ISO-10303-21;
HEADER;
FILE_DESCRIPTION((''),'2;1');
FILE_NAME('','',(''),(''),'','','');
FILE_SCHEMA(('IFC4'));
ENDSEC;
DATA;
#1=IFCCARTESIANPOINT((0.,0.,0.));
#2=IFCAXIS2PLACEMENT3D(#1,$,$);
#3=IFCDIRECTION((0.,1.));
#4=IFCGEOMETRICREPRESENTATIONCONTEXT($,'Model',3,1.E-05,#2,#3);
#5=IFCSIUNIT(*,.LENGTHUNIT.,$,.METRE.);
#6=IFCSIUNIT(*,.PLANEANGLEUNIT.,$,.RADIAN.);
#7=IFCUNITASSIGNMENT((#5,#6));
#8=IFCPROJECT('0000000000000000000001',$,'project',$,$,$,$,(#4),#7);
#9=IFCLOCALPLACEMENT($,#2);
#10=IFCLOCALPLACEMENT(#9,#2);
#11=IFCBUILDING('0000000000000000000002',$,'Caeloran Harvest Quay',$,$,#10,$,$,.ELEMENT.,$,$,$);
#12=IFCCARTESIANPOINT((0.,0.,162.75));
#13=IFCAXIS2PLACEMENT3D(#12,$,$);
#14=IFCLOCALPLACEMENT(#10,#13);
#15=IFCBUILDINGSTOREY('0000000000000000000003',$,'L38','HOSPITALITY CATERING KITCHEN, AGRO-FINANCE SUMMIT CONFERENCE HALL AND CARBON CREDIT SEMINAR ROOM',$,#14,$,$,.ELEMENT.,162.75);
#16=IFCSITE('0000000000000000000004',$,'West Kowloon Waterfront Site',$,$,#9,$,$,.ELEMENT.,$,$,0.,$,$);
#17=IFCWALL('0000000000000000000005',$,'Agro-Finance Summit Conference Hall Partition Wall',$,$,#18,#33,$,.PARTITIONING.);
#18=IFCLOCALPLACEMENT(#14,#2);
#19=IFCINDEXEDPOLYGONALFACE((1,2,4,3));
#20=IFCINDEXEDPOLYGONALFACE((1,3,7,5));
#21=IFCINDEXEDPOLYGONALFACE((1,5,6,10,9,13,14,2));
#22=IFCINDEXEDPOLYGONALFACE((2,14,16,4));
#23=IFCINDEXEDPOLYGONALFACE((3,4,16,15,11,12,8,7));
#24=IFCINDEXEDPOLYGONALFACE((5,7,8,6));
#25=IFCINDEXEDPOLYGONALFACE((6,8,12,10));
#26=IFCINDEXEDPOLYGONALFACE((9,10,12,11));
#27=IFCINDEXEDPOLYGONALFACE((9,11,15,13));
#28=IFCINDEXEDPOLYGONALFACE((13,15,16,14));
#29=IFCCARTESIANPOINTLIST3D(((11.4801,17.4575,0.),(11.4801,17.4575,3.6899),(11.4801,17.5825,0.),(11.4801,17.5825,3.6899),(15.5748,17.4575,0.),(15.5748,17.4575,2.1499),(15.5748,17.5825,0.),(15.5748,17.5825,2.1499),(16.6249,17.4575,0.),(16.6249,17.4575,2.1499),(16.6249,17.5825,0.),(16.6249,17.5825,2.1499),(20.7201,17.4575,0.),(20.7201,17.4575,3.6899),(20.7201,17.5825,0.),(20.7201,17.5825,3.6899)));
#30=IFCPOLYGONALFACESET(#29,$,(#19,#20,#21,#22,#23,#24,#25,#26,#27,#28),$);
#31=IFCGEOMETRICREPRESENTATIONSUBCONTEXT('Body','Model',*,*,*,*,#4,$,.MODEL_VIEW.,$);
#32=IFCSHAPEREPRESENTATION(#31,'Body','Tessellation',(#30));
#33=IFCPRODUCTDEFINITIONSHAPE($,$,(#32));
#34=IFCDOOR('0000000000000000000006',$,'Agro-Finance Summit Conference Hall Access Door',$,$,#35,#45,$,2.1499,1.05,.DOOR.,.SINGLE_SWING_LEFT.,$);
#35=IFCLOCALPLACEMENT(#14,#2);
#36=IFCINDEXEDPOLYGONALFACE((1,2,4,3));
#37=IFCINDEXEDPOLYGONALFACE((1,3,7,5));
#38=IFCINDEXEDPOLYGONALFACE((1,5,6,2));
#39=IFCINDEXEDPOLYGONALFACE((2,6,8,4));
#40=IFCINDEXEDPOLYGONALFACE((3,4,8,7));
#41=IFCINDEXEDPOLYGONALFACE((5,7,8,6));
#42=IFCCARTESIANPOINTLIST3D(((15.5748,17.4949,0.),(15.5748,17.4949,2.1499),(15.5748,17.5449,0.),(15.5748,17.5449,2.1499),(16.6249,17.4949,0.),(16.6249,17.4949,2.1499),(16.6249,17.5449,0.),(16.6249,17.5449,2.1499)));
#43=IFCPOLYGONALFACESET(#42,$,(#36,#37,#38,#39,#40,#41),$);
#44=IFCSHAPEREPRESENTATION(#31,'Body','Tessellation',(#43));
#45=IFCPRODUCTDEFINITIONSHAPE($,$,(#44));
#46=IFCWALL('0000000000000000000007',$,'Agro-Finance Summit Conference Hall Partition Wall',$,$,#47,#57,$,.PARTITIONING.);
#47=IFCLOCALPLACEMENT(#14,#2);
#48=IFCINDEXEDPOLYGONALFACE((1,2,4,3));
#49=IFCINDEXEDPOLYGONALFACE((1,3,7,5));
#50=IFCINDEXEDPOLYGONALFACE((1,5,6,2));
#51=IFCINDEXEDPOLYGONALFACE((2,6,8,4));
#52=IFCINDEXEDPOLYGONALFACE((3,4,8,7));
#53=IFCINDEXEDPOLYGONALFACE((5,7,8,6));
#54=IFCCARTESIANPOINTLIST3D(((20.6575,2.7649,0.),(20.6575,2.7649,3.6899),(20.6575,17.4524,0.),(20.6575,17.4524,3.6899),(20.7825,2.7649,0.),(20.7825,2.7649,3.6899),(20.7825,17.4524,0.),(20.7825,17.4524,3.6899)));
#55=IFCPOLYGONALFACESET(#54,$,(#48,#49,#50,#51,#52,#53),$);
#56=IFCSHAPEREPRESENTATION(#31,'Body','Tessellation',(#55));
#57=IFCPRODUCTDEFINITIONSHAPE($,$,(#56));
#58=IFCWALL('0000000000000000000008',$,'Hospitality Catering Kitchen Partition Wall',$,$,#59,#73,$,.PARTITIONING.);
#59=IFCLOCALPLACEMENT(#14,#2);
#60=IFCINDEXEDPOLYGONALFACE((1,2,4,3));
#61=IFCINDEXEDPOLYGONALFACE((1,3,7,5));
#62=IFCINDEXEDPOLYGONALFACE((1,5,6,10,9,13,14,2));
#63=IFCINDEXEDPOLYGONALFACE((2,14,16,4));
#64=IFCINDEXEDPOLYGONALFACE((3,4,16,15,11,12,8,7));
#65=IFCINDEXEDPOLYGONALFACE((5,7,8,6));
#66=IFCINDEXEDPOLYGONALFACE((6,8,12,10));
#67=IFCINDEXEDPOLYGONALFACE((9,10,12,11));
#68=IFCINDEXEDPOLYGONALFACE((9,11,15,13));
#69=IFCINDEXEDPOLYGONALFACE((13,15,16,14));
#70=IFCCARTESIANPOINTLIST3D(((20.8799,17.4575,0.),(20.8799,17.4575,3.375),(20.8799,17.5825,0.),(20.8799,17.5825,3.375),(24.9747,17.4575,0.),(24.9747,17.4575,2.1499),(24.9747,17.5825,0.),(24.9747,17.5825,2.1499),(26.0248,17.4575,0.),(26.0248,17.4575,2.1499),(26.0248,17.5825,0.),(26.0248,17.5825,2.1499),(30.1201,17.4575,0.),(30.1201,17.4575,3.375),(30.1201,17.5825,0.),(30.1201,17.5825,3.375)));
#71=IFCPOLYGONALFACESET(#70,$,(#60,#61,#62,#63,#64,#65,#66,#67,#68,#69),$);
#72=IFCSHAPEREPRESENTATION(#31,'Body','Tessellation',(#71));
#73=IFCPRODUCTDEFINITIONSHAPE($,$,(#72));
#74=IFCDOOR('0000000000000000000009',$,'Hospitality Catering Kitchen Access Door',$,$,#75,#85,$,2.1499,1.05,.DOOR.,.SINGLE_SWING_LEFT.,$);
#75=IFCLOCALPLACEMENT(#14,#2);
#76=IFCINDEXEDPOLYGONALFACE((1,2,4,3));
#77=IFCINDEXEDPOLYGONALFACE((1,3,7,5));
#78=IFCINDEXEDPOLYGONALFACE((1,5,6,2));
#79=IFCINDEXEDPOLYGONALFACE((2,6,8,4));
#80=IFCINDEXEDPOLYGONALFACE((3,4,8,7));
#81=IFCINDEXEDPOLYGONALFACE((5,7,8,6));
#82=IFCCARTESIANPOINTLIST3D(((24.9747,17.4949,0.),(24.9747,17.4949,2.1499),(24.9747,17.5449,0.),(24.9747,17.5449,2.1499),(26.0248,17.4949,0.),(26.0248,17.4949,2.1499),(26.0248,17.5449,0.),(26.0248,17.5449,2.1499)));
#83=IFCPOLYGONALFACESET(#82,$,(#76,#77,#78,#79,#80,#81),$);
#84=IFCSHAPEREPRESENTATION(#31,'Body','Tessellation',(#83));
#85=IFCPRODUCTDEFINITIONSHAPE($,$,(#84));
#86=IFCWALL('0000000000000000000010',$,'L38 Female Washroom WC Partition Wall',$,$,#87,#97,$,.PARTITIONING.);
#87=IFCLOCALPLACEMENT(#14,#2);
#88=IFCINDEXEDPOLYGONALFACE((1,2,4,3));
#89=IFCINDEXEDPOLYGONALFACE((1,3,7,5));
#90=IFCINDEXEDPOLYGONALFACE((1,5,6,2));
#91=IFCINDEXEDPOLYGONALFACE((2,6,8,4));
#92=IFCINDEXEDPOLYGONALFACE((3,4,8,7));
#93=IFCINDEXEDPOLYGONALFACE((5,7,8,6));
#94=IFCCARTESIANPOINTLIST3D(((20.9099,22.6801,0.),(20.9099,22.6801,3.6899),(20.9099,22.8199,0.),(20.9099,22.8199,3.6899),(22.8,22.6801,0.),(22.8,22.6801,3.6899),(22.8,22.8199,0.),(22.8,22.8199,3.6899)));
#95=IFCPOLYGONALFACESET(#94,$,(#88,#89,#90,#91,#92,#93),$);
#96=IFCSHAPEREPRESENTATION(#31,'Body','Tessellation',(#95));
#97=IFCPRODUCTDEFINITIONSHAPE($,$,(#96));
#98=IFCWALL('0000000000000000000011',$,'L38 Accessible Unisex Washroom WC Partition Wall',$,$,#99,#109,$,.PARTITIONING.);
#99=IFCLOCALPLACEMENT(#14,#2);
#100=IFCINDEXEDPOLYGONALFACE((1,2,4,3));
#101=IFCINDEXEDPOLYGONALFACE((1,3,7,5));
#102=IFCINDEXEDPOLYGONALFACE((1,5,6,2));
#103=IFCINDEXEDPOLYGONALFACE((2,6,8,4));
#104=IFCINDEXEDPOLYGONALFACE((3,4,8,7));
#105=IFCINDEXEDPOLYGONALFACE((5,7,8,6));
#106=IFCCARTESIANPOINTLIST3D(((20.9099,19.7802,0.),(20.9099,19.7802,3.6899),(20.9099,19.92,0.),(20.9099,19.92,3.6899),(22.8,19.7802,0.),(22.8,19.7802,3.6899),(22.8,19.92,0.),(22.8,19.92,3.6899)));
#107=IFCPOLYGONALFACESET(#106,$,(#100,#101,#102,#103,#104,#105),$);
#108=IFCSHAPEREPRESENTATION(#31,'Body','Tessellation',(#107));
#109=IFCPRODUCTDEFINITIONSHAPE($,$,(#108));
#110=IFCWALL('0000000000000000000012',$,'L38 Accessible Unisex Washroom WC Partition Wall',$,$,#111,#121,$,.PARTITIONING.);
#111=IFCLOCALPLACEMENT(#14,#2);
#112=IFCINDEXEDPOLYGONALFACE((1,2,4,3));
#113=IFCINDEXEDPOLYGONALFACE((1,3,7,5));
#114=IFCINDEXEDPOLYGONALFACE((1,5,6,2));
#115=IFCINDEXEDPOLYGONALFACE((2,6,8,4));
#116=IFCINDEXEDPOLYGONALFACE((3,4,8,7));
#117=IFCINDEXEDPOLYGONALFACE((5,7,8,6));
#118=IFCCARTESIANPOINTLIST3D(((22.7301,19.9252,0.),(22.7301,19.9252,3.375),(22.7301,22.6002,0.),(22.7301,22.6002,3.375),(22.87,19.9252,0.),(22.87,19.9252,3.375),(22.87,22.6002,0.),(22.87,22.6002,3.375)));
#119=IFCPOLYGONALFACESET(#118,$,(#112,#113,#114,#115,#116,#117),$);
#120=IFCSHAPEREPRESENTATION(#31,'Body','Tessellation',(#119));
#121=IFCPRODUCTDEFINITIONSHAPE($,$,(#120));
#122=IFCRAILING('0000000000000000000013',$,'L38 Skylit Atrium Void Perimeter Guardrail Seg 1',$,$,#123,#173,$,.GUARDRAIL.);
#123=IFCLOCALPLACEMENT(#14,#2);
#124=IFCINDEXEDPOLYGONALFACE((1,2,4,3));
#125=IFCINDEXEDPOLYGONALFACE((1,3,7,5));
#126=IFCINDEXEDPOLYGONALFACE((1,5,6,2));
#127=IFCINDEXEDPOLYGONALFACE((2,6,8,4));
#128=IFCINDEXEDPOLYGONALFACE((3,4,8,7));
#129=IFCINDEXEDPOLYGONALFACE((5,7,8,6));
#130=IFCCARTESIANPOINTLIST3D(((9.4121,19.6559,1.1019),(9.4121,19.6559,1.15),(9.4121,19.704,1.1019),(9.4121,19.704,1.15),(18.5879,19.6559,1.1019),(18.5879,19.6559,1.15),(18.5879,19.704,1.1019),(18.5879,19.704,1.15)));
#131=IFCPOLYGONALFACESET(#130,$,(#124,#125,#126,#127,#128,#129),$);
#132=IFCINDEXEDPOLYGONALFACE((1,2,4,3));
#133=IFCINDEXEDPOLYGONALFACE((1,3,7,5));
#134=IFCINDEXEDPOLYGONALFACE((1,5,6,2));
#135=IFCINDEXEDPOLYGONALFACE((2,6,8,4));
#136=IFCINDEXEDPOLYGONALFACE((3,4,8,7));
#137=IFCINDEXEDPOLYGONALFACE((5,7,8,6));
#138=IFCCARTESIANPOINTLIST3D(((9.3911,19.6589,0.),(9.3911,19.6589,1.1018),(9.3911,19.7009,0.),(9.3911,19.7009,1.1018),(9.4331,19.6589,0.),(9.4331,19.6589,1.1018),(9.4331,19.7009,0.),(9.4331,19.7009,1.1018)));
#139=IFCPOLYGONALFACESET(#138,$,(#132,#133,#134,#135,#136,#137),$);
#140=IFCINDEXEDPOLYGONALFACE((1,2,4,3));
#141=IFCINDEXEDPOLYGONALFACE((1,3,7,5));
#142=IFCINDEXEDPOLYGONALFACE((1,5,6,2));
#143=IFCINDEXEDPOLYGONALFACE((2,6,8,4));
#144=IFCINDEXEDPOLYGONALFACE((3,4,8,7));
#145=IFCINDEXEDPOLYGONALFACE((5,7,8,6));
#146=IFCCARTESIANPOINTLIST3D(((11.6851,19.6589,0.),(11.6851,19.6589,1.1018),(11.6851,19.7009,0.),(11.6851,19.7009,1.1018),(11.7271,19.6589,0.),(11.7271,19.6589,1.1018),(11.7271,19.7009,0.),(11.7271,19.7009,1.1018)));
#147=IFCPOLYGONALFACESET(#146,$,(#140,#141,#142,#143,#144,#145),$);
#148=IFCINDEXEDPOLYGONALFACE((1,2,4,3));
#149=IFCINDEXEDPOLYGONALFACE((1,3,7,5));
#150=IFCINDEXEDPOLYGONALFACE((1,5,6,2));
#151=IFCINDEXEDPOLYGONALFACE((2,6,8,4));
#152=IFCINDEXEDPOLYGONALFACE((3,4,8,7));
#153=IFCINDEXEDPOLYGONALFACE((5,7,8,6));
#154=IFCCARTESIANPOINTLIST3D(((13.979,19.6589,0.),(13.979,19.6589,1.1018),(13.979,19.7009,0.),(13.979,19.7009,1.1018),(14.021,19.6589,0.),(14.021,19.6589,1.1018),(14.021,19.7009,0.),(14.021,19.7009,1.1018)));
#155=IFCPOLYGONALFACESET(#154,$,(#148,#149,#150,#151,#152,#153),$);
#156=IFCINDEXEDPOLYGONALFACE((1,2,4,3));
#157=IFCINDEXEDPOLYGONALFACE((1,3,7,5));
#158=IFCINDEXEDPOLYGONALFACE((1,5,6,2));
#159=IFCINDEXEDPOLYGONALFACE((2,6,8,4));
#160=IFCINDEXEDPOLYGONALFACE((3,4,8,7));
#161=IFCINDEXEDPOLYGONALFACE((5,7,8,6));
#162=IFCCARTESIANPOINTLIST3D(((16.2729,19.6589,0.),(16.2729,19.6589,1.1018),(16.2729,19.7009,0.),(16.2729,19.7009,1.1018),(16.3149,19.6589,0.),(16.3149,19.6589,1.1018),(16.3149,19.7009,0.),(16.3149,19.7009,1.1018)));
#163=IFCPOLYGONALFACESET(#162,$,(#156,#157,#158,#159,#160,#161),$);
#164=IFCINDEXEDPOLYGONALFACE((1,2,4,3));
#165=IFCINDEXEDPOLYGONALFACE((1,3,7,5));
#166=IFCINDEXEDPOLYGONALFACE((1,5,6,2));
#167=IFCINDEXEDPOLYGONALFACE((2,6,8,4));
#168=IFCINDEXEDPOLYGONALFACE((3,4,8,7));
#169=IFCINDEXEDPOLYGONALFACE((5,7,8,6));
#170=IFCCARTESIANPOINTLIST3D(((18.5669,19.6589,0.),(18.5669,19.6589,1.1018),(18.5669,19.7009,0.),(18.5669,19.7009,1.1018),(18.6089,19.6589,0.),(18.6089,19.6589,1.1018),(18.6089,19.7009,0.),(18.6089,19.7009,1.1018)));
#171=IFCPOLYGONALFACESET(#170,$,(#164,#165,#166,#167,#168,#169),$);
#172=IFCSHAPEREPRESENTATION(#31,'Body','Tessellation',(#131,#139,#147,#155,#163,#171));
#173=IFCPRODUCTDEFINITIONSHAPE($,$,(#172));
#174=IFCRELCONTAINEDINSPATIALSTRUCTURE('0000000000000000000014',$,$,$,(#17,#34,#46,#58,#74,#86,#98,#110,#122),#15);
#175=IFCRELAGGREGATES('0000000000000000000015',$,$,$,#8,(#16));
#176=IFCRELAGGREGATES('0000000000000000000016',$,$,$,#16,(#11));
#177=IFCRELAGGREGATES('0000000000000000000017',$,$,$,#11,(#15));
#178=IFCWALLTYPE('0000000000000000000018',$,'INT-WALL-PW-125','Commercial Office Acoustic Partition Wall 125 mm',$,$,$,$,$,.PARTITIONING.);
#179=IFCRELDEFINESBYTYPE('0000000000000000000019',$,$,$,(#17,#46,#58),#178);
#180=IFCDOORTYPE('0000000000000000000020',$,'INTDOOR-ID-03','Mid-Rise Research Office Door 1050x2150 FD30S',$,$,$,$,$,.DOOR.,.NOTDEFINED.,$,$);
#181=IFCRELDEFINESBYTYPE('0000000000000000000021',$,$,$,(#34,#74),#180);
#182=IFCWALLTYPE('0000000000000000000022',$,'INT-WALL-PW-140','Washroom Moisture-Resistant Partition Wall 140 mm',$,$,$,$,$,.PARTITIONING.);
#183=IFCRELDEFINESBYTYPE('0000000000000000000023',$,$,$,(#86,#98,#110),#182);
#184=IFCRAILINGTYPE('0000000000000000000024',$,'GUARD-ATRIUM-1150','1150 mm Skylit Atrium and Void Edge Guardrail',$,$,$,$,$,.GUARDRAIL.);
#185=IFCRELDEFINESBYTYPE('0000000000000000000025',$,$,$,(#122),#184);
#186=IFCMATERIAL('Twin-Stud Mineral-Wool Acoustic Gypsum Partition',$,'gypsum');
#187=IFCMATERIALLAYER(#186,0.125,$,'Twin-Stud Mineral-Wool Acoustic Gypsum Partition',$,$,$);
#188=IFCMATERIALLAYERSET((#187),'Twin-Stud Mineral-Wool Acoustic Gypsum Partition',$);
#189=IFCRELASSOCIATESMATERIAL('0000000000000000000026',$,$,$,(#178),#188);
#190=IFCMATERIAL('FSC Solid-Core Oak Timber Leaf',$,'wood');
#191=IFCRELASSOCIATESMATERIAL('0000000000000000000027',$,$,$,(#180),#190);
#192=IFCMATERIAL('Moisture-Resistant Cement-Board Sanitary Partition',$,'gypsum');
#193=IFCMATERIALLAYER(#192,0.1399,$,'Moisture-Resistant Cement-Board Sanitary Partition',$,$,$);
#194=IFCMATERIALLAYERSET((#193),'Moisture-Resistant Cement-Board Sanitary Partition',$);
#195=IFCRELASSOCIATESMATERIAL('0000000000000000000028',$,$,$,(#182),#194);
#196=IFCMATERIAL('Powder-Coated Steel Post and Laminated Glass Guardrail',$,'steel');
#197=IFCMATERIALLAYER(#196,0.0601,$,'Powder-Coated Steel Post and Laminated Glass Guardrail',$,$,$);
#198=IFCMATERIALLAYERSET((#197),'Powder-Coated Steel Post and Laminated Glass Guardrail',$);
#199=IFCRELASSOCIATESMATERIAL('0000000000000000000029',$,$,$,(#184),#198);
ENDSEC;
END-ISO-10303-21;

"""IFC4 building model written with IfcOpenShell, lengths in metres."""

from ifc_helpers import new_model, si_unit, direction, frame, frame_2d, origin, origin_2d, place, context, subcontext, project, spatial, rectangle, extrude, material, layer, layer_set, type_object, element, fill, save


model = new_model("IFC4")

# Units and contexts
model_context = context("Model", 3, precision=1e-05, world=origin(), true_north=direction((0.0, 1.0)))
body_context = subcontext(model_context, "Body", "Model", "MODEL_VIEW")
ifc_project = project(units=[si_unit("LENGTHUNIT", "METRE"), si_unit("PLANEANGLEUNIT", "RADIAN")], contexts=[model_context])

# Site, building, storey
site_placement = place(None, origin())
site = spatial("IfcSite", under=ifc_project, at=site_placement, Name="West Kowloon Waterfront Site", CompositionType="ELEMENT", RefElevation=0.0)
building_placement = place(site_placement, origin())
building = spatial("IfcBuilding", under=site, at=building_placement, Name="Caeloran Harvest Quay", CompositionType="ELEMENT")
storey_placement = place(building_placement, frame((0.0, 0.0, 162.75)))
storey = spatial("IfcBuildingStorey", under=building, at=storey_placement, Name="L38", Description="HOSPITALITY CATERING KITCHEN, AGRO-FINANCE SUMMIT CONFERENCE HALL AND CARBON CREDIT SEMINAR ROOM", CompositionType="ELEMENT", Elevation=162.75)

# Wall, opening, door
ifc_material_1 = material(Name="Twin-Stud Mineral-Wool Acoustic Gypsum Partition", Category="gypsum")
ifc_layer_1 = layer(ifc_material_1, 0.125, Name="Twin-Stud Mineral-Wool Acoustic Gypsum Partition")
ifc_layer_set_1 = layer_set([ifc_layer_1], Name="Twin-Stud Mineral-Wool Acoustic Gypsum Partition")
wall_type_1 = type_object("IfcWallType", Name="INT-WALL-PW-125", Description="Commercial Office Acoustic Partition Wall 125 mm", PredefinedType="PARTITIONING", material=ifc_layer_set_1)
wall_1_placement = place(storey_placement, frame((11.48, 17.52, 0.0), z_axis=(0.0, 0.0, 1.0), x_axis=(1.0, 0.0, 0.0)))
wall_1 = element("IfcWall", 1, at=wall_1_placement, inside=storey, type_object=wall_type_1, Name="Agro-Finance Summit Conference Hall Partition Wall", PredefinedType="PARTITIONING", context=body_context, shape_type="SweptSolid", body=[
    extrude(rectangle(XDim=9.24, YDim=0.125, at=frame_2d((4.6201, 0.0))), origin(), (0.0, 0.0, 1.0), 3.6899),
])
opening_1_placement = place(wall_1_placement, frame((4.095, 0.0, 0.0)))
opening_1 = element("IfcOpeningElement", 2, at=opening_1_placement, cuts=wall_1, PredefinedType="OPENING", context=body_context, shape_type="SweptSolid", body=[
    extrude(rectangle(XDim=1.05, YDim=2.1499, at=frame_2d((0.5249, 1.075))), frame((0.0, 0.0725, 0.0), z_axis=(0.0, -1.0, 0.0), x_axis=(1.0, 0.0, 0.0)), (0.0, 0.0, 1.0), 0.145),
])
ifc_material_2 = material(Name="FSC Solid-Core Oak Timber Leaf", Category="wood")
door_type_1 = type_object("IfcDoorType", Name="INTDOOR-ID-03", Description="Mid-Rise Research Office Door 1050x2150 FD30S", OperationType="NOTDEFINED", PredefinedType="DOOR", material=ifc_material_2)
door_1_placement = place(opening_1_placement, origin())
door_1 = element("IfcDoor", 3, at=door_1_placement, inside=storey, type_object=door_type_1, Name="Agro-Finance Summit Conference Hall Access Door", OperationType="SINGLE_SWING_LEFT", OverallHeight=2.1499, OverallWidth=1.05, PredefinedType="DOOR", context=body_context, shape_type="SweptSolid", body=[
    extrude(rectangle(XDim=1.05, YDim=2.1499, at=frame_2d((0.5249, 1.075))), frame((0.0, 0.0249, 0.0), z_axis=(0.0, -1.0, 0.0), x_axis=(1.0, 0.0, 0.0)), (0.0, 0.0, 1.0), 0.05),
])
fill(opening_1, door_1)

# Wall
wall_2_placement = place(storey_placement, frame((20.72, 17.4524, 0.0), z_axis=(0.0, 0.0, 1.0), x_axis=(0.0, -1.0, 0.0)))
element("IfcWall", 4, at=wall_2_placement, inside=storey, type_object=wall_type_1, Name="Agro-Finance Summit Conference Hall Partition Wall", PredefinedType="PARTITIONING", context=body_context, shape_type="SweptSolid", body=[
    extrude(rectangle(XDim=14.6875, YDim=0.125, at=frame_2d((7.3438, 0.0))), origin(), (0.0, 0.0, 1.0), 3.6899),
])

# Wall, opening, door
wall_3_placement = place(storey_placement, frame((20.8799, 17.52, 0.0), z_axis=(0.0, 0.0, 1.0), x_axis=(1.0, 0.0, 0.0)))
wall_3 = element("IfcWall", 5, at=wall_3_placement, inside=storey, type_object=wall_type_1, Name="Hospitality Catering Kitchen Partition Wall", PredefinedType="PARTITIONING", context=body_context, shape_type="SweptSolid", body=[
    extrude(rectangle(XDim=9.2402, YDim=0.125, at=frame_2d((4.6201, 0.0))), origin(), (0.0, 0.0, 1.0), 3.375),
])
opening_2_placement = place(wall_3_placement, frame((4.095, 0.0, 0.0)))
opening_2 = element("IfcOpeningElement", 6, at=opening_2_placement, cuts=wall_3, PredefinedType="OPENING", context=body_context, shape_type="SweptSolid", body=[
    extrude(rectangle(XDim=1.05, YDim=2.1499, at=frame_2d((0.5249, 1.075))), frame((0.0, 0.0725, 0.0), z_axis=(0.0, -1.0, 0.0), x_axis=(1.0, 0.0, 0.0)), (0.0, 0.0, 1.0), 0.145),
])
door_2_placement = place(opening_2_placement, origin())
door_2 = element("IfcDoor", 7, at=door_2_placement, inside=storey, type_object=door_type_1, Name="Hospitality Catering Kitchen Access Door", OperationType="SINGLE_SWING_LEFT", OverallHeight=2.1499, OverallWidth=1.05, PredefinedType="DOOR", context=body_context, shape_type="SweptSolid", body=[
    extrude(rectangle(XDim=1.05, YDim=2.1499, at=frame_2d((0.5249, 1.075))), frame((0.0, 0.0249, 0.0), z_axis=(0.0, -1.0, 0.0), x_axis=(1.0, 0.0, 0.0)), (0.0, 0.0, 1.0), 0.05),
])
fill(opening_2, door_2)

# Walls
ifc_material_3 = material(Name="Moisture-Resistant Cement-Board Sanitary Partition", Category="gypsum")
ifc_layer_2 = layer(ifc_material_3, 0.1399, Name="Moisture-Resistant Cement-Board Sanitary Partition")
ifc_layer_set_2 = layer_set([ifc_layer_2], Name="Moisture-Resistant Cement-Board Sanitary Partition")
wall_type_2 = type_object("IfcWallType", Name="INT-WALL-PW-140", Description="Washroom Moisture-Resistant Partition Wall 140 mm", PredefinedType="PARTITIONING", material=ifc_layer_set_2)
for number, where, z_axis, x_axis, name in (
    (8, (22.8, 22.75, 0.0), (0.0, 0.0, 1.0), (-1.0, 0.0, 0.0), "L38 Female Washroom WC Partition Wall"),
    (9, (22.8, 19.8501, 0.0), (0.0, 0.0, 1.0), (-1.0, 0.0, 0.0), "L38 Accessible Unisex Washroom WC Partition Wall"),
):
    element("IfcWall", number, at=place(storey_placement, frame(where, z_axis=z_axis, x_axis=x_axis)), inside=storey, type_object=wall_type_2, Name=name, PredefinedType="PARTITIONING", context=body_context, shape_type="SweptSolid", body=[
        extrude(rectangle(XDim=1.8901, YDim=0.1399, at=frame_2d((0.9451, 0.0))), origin(), (0.0, 0.0, 1.0), 3.6899),
    ])

# Wall
wall_4_placement = place(storey_placement, frame((22.8, 22.6001, 0.0), z_axis=(0.0, 0.0, 1.0), x_axis=(0.0, -1.0, 0.0)))
element("IfcWall", 10, at=wall_4_placement, inside=storey, type_object=wall_type_2, Name="L38 Accessible Unisex Washroom WC Partition Wall", PredefinedType="PARTITIONING", context=body_context, shape_type="SweptSolid", body=[
    extrude(rectangle(XDim=2.675, YDim=0.1399, at=frame_2d((1.3374, 0.0))), origin(), (0.0, 0.0, 1.0), 3.375),
])

# Railing
ifc_material_4 = material(Name="Powder-Coated Steel Post and Laminated Glass Guardrail", Category="steel")
ifc_layer_3 = layer(ifc_material_4, 0.0601, Name="Powder-Coated Steel Post and Laminated Glass Guardrail")
ifc_layer_set_3 = layer_set([ifc_layer_3], Name="Powder-Coated Steel Post and Laminated Glass Guardrail")
railing_type = type_object("IfcRailingType", Name="GUARD-ATRIUM-1150", Description="1150 mm Skylit Atrium and Void Edge Guardrail", PredefinedType="GUARDRAIL", material=ifc_layer_set_3)
railing_1_placement = place(storey_placement, frame((9.4121, 19.6799, 0.0)))
element("IfcRailing", 11, at=railing_1_placement, inside=storey, type_object=railing_type, Name="L38 Skylit Atrium Void Perimeter Guardrail Seg 1", PredefinedType="GUARDRAIL", context=body_context, shape_type="SweptSolid", body=[
    extrude(rectangle(XDim=0.0481, YDim=0.0481, at=origin_2d()), frame((0.0, 0.0, 1.126), z_axis=(1.0, 0.0, 0.0), x_axis=(0.0, 1.0, 0.0)), (0.0, 0.0, 1.0), 9.1758),
    extrude(rectangle(XDim=0.042, YDim=0.042, at=origin_2d()), origin(), (0.0, 0.0, 1.0), 1.1018),
    extrude(rectangle(XDim=0.042, YDim=0.042, at=origin_2d()), frame((2.2939, 0.0, 0.0)), (0.0, 0.0, 1.0), 1.1018),
    extrude(rectangle(XDim=0.042, YDim=0.042, at=origin_2d()), frame((4.5879, 0.0, 0.0)), (0.0, 0.0, 1.0), 1.1018),
    extrude(rectangle(XDim=0.042, YDim=0.042, at=origin_2d()), frame((6.8818, 0.0, 0.0)), (0.0, 0.0, 1.0), 1.1018),
    extrude(rectangle(XDim=0.042, YDim=0.042, at=origin_2d()), frame((9.1758, 0.0, 0.0)), (0.0, 0.0, 1.0), 1.1018),
])

save(model, "model.ifc")
